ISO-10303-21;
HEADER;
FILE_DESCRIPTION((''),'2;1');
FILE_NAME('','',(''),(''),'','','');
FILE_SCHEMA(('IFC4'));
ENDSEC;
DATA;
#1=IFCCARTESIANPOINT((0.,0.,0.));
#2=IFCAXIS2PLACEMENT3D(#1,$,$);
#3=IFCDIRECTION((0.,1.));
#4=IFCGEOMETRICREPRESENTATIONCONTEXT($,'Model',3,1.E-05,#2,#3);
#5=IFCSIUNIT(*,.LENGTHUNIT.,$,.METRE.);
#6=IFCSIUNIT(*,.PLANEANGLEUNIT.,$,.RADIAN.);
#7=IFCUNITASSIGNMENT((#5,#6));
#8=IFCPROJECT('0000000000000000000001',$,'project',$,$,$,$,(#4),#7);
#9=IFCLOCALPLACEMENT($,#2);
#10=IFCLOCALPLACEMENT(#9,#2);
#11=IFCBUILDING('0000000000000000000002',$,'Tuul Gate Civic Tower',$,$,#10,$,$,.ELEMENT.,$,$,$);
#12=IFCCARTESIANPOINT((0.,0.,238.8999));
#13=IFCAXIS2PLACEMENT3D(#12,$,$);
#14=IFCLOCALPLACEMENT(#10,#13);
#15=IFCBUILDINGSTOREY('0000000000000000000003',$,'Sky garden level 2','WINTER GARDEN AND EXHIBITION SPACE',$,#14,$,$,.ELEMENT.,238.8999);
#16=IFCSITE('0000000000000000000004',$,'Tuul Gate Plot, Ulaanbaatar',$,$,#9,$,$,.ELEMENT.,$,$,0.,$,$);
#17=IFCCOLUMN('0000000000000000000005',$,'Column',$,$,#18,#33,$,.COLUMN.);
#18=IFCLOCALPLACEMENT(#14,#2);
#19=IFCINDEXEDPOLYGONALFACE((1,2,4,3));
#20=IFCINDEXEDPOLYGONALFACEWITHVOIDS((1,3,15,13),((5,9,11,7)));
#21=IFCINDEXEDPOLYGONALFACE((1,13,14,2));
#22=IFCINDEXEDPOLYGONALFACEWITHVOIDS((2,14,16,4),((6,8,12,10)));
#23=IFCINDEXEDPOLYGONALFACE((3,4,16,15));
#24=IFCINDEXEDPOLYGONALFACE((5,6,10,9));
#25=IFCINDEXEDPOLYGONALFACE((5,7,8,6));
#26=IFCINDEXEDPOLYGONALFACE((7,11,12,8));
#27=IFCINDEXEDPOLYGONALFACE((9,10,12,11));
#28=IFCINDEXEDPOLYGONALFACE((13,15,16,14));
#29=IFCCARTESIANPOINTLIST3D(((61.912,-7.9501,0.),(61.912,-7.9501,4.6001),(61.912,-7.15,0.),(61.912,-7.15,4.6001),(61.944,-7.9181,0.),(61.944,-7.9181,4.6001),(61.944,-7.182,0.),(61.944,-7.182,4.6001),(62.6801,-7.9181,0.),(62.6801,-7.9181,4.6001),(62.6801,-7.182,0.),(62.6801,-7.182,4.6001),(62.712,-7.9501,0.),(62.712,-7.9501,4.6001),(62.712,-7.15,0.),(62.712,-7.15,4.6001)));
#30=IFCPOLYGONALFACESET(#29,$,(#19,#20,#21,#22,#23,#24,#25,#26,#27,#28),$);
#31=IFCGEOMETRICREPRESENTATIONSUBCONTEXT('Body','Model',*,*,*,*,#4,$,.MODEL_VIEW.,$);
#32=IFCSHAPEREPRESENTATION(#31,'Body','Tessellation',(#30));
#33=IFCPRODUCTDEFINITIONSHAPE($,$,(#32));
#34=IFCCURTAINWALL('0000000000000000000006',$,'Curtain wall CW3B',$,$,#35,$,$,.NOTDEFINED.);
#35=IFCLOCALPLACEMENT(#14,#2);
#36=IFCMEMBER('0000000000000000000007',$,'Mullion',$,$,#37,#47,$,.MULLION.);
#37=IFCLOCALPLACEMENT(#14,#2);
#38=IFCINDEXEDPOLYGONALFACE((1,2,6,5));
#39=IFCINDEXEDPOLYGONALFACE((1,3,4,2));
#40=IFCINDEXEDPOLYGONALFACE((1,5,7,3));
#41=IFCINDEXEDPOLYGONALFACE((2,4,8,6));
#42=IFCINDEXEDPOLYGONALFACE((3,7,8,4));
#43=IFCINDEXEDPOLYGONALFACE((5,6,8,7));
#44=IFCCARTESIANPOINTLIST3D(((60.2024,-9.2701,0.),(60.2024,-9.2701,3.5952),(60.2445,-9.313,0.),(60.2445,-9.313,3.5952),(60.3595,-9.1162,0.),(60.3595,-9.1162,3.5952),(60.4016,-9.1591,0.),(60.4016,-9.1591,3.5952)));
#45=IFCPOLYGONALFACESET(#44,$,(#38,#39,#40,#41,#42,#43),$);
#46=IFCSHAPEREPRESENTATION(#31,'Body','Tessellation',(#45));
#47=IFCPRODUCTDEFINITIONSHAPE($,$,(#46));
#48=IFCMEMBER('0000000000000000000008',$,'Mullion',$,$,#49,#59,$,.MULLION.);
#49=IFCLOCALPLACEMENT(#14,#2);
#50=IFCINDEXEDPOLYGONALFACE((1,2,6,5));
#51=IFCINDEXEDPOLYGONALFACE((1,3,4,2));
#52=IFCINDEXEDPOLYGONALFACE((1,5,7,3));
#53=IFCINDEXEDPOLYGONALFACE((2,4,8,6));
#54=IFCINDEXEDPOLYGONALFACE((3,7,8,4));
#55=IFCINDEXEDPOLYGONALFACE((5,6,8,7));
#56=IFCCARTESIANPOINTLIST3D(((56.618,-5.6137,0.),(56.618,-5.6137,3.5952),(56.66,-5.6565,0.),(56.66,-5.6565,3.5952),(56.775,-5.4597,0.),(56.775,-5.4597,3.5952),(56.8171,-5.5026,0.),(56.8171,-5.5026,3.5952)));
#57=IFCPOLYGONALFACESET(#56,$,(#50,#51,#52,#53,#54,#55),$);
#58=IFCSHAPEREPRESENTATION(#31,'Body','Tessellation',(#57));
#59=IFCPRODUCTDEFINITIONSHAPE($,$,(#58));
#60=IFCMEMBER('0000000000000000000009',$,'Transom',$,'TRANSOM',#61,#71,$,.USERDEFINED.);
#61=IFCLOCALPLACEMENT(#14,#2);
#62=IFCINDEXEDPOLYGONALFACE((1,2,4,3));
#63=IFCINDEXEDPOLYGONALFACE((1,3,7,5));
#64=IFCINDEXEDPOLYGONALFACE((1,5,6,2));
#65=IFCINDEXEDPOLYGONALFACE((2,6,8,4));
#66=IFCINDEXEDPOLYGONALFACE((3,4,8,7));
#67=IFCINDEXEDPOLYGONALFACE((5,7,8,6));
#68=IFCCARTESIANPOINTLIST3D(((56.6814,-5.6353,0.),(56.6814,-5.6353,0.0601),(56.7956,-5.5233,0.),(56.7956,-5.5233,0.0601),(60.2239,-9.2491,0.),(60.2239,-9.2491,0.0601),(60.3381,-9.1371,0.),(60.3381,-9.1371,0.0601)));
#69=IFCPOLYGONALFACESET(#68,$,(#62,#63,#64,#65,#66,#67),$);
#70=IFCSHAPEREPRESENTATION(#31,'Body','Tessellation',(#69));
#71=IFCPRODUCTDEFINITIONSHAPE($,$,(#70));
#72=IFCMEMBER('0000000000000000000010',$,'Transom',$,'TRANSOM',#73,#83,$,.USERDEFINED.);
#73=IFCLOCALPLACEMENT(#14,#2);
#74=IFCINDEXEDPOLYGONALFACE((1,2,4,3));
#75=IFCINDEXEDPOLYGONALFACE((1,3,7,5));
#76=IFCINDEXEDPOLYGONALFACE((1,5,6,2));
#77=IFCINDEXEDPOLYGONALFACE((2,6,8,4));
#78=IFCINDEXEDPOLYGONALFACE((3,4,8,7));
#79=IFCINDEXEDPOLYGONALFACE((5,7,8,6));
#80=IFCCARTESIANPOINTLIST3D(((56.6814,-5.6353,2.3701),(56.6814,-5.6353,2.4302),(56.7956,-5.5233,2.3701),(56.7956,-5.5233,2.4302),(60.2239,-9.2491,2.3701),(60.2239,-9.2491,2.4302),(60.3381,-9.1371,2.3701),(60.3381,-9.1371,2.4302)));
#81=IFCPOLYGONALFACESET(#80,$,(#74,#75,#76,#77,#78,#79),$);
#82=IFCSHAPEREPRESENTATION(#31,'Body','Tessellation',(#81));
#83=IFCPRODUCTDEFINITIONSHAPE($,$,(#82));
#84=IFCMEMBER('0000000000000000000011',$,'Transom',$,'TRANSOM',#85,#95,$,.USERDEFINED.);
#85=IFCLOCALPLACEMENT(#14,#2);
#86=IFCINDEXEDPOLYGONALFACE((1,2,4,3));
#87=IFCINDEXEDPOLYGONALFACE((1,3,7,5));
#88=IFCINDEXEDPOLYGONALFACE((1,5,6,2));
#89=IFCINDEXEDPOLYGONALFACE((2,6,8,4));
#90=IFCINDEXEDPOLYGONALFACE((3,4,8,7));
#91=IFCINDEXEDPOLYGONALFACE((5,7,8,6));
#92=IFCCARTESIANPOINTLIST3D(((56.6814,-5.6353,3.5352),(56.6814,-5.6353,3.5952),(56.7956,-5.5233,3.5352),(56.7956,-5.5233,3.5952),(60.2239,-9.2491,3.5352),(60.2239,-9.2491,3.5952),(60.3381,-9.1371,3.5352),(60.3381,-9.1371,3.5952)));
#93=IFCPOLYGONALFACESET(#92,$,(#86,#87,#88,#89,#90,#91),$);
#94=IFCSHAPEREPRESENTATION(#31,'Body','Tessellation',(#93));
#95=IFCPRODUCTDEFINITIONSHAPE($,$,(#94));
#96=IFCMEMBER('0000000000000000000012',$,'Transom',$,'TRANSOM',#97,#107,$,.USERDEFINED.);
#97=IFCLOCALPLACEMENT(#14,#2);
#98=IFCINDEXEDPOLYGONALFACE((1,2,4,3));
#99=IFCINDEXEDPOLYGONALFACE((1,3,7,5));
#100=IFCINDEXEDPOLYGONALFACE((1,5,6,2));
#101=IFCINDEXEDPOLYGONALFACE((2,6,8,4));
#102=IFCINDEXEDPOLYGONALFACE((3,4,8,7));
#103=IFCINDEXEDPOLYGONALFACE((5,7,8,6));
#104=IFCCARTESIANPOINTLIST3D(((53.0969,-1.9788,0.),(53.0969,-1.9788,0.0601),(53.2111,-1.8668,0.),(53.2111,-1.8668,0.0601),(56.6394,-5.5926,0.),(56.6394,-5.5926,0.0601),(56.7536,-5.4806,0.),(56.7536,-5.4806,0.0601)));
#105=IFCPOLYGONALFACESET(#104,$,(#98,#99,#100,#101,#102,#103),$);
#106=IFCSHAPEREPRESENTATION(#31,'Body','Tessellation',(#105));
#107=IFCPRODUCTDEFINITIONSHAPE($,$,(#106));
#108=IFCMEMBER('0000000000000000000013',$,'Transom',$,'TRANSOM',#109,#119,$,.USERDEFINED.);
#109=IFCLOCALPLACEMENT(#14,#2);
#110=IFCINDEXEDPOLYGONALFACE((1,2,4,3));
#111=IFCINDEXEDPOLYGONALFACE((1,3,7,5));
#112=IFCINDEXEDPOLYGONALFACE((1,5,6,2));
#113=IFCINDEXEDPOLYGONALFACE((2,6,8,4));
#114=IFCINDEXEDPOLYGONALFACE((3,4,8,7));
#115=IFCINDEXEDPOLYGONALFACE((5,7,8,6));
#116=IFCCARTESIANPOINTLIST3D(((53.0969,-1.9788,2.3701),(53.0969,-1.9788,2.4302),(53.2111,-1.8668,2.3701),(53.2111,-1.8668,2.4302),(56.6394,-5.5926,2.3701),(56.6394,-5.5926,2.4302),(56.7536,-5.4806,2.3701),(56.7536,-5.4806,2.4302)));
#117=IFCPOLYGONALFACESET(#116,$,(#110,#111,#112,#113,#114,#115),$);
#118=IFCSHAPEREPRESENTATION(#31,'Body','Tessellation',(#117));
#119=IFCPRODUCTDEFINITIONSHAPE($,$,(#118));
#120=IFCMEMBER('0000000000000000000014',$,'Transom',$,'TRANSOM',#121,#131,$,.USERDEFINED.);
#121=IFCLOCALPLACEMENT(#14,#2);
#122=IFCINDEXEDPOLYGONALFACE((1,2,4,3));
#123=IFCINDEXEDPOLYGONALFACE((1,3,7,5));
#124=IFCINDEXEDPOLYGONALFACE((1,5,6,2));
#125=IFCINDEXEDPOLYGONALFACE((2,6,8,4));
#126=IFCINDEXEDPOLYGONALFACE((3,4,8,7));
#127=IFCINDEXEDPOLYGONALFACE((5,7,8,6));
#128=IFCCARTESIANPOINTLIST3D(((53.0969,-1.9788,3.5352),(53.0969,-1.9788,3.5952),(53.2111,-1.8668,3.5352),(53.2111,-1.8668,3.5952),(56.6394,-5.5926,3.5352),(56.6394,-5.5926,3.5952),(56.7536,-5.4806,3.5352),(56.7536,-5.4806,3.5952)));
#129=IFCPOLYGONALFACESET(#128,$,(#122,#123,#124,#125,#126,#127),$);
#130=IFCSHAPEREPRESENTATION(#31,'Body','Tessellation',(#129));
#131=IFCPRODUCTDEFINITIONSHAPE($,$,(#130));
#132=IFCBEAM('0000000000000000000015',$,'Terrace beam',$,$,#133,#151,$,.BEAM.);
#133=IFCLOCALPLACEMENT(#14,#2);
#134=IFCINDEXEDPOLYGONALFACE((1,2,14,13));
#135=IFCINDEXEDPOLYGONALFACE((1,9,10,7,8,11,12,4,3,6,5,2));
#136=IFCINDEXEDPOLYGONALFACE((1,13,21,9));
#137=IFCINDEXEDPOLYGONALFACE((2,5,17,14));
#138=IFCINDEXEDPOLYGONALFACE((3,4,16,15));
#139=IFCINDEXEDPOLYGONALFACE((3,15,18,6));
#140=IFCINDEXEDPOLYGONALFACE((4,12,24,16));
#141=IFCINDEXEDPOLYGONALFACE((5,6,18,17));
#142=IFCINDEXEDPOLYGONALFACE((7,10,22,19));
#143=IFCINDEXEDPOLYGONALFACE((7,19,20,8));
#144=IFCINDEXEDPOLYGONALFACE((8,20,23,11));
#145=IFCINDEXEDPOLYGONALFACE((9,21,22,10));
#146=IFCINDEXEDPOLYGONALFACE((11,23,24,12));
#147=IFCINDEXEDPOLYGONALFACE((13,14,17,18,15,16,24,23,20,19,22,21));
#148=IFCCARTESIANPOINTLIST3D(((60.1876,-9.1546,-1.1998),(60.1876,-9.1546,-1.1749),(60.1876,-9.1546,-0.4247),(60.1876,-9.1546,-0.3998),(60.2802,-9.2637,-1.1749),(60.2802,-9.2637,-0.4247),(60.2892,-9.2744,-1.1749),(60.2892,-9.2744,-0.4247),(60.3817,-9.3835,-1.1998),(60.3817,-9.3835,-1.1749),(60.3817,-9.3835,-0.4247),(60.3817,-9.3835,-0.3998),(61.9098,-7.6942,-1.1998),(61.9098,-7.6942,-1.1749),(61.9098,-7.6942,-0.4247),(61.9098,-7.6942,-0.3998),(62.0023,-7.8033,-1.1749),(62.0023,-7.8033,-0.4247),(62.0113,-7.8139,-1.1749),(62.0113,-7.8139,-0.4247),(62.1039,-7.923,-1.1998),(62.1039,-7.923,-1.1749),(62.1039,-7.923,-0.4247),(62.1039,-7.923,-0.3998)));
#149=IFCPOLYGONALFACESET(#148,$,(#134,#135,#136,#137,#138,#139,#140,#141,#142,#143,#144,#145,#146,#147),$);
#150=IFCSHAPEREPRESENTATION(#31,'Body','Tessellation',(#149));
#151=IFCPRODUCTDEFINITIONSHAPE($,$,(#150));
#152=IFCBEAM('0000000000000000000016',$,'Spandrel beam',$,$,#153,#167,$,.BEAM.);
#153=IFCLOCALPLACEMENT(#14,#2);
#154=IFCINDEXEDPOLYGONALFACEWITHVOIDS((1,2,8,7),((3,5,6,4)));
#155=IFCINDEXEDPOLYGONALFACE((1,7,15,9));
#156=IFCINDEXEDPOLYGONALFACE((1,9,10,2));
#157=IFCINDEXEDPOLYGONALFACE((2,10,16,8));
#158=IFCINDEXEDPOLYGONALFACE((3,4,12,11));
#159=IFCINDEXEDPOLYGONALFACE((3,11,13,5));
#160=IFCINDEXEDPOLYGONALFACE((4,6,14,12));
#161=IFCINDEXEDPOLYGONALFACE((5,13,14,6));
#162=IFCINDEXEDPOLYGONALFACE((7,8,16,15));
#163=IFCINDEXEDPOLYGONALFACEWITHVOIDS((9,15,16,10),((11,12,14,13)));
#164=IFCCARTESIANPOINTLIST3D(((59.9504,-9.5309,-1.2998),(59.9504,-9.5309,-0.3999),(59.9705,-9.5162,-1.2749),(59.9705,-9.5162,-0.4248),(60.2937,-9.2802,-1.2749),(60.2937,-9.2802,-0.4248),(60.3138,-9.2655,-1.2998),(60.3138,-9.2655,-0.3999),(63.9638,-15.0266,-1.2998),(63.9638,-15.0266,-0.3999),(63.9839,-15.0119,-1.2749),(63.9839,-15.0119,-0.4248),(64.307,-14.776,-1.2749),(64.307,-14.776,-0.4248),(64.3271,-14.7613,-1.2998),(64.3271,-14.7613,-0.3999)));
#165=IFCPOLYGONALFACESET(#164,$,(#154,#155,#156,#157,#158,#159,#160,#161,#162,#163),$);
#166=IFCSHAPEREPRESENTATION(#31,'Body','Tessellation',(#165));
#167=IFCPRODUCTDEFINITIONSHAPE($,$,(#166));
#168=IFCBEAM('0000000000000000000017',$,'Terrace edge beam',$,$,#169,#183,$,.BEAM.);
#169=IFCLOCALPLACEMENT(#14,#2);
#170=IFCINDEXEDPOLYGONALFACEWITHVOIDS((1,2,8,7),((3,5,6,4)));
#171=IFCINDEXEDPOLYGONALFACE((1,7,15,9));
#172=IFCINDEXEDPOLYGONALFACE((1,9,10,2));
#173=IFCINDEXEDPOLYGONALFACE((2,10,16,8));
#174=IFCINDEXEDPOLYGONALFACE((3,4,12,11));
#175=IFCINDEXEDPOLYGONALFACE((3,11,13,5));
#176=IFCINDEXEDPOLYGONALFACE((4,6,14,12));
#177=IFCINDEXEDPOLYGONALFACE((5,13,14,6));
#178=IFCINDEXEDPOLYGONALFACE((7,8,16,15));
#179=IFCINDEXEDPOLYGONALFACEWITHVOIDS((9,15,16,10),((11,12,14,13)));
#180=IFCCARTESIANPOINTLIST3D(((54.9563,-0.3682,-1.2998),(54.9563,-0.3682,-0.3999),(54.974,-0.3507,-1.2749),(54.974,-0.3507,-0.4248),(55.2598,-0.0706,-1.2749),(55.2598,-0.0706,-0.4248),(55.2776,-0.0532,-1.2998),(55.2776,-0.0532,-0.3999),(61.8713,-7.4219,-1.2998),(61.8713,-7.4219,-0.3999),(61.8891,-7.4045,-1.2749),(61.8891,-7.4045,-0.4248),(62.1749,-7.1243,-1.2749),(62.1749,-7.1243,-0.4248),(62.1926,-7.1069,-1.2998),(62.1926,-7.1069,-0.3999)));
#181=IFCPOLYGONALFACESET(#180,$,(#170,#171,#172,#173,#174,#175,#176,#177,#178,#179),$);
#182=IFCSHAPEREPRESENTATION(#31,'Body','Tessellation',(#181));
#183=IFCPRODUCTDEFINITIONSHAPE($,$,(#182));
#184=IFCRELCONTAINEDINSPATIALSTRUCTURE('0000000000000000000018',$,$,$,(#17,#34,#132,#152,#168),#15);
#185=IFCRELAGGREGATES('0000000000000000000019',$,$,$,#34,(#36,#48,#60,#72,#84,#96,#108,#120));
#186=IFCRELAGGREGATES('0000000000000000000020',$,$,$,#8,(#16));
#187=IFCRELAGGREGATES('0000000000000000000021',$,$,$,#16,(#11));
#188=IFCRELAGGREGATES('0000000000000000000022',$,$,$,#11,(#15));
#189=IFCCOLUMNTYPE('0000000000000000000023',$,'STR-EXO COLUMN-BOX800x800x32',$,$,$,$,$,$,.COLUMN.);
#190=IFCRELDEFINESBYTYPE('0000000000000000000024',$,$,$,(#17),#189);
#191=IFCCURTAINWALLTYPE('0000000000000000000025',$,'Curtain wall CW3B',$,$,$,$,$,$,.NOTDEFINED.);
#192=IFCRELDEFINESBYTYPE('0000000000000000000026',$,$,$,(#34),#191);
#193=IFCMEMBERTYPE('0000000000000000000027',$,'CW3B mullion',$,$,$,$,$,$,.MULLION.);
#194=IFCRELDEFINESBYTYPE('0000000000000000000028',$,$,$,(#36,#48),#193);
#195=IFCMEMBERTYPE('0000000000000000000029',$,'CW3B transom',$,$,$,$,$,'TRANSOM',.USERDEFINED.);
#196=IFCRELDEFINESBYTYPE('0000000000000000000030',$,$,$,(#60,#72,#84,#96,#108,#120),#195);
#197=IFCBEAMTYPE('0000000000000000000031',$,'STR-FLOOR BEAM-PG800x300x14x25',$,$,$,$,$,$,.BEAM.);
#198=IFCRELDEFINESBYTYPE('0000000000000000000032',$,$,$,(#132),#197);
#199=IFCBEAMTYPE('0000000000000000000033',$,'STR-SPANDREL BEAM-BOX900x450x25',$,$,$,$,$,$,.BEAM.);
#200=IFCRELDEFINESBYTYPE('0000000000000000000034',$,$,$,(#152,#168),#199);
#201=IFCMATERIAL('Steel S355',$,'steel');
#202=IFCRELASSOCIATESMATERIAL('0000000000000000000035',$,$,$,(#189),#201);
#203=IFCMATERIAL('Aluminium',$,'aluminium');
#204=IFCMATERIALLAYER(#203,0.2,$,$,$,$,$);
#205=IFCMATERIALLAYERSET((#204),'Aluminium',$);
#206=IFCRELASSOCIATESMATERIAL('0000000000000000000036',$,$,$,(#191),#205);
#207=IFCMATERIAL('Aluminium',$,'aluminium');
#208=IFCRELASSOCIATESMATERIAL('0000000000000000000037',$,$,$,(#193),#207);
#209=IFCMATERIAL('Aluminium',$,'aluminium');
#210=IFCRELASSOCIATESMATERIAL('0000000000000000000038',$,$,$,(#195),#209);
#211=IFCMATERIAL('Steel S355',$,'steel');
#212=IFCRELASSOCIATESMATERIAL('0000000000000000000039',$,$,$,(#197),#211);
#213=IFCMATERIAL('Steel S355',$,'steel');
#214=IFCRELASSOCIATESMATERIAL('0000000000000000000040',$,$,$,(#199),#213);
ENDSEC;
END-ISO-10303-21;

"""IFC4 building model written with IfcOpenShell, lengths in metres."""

from ifc_helpers import new_model, si_unit, direction, frame, origin, origin_2d, place, context, subcontext, project, spatial, rectangle, hollow_rectangle, i_section, extrude, material, layer, layer_set, material_profile, profile_set, type_object, element, aggregate, save


model = new_model("IFC4")

# Units and contexts
model_context = context("Model", 3, precision=1e-05, world=origin(), true_north=direction((0.0, 1.0)))
body_context = subcontext(model_context, "Body", "Model", "MODEL_VIEW")
ifc_project = project(units=[si_unit("LENGTHUNIT", "METRE"), si_unit("PLANEANGLEUNIT", "RADIAN")], contexts=[model_context])

# Site, building, storey
site_placement = place(None, origin())
site = spatial("IfcSite", under=ifc_project, at=site_placement, Name="Tuul Gate Plot, Ulaanbaatar", CompositionType="ELEMENT", RefElevation=0.0)
building_placement = place(site_placement, origin())
building = spatial("IfcBuilding", under=site, at=building_placement, Name="Tuul Gate Civic Tower", CompositionType="ELEMENT")
storey_placement = place(building_placement, frame((0.0, 0.0, 238.8999)))
storey = spatial("IfcBuildingStorey", under=building, at=storey_placement, Name="Sky garden level 2", Description="WINTER GARDEN AND EXHIBITION SPACE", CompositionType="ELEMENT", Elevation=238.8999)

# Column
ifc_material_1 = material(Name="Steel S355", Category="steel")
ifc_material_profile_1 = material_profile(ifc_material_1, hollow_rectangle(XDim=0.8, YDim=0.8, WallThickness=0.032, at=origin_2d()), Name="BOX800x800x32")
ifc_profile_set_1 = profile_set([ifc_material_profile_1], Name="Steel S355")
column_type = type_object("IfcColumnType", Name="STR-EXO COLUMN-BOX800x800x32", PredefinedType="COLUMN", material=ifc_profile_set_1)
column_placement = place(storey_placement, frame((62.312, -7.55, 0.0), z_axis=(0.0, 0.0, 1.0), x_axis=(1.0, 0.0, 0.0)))
element("IfcColumn", 1, at=column_placement, inside=storey, type_object=column_type, Name="Column", PredefinedType="COLUMN", context=body_context, shape_type="SweptSolid", body=[
    extrude(hollow_rectangle(XDim=0.8, YDim=0.8, WallThickness=0.032, at=origin_2d()), origin(), (0.0, 0.0, 1.0), 4.6001),
])

# Curtain wall, members
ifc_material_2 = material(Name="Aluminium", Category="aluminium")
ifc_layer_1 = layer(ifc_material_2, 0.2)
ifc_layer_set_1 = layer_set([ifc_layer_1], Name="Aluminium")
curtain_wall_type = type_object("IfcCurtainWallType", Name="Curtain wall CW3B", PredefinedType="NOTDEFINED", material=ifc_layer_set_1)
curtain_wall_placement = place(storey_placement, origin())
curtain_wall = element("IfcCurtainWall", 2, at=curtain_wall_placement, inside=storey, type_object=curtain_wall_type, Name="Curtain wall CW3B", PredefinedType="NOTDEFINED")
ifc_material_3 = material(Name="Aluminium", Category="aluminium")
ifc_material_profile_2 = material_profile(ifc_material_3, rectangle(XDim=0.22, YDim=0.0601, at=origin_2d()), Name="CW3B mullion")
ifc_profile_set_2 = profile_set([ifc_material_profile_2], Name="Aluminium")
member_type_1 = type_object("IfcMemberType", Name="CW3B mullion", PredefinedType="MULLION", material=ifc_profile_set_2)
member_1_placement = place(storey_placement, frame((60.302, -9.2146, 0.0), z_axis=(0.0, 0.0, 1.0), x_axis=(-0.71411, -0.700034, 0.0)))
member_1 = element("IfcMember", 3, at=member_1_placement, type_object=member_type_1, Name="Mullion", PredefinedType="MULLION", context=body_context, shape_type="SweptSolid", body=[
    extrude(rectangle(XDim=0.22, YDim=0.0601, at=origin_2d()), origin(), (0.0, 0.0, 1.0), 3.5952),
])
member_2_placement = place(storey_placement, frame((56.7175, -5.5581, 0.0), z_axis=(0.0, 0.0, 1.0), x_axis=(-0.71411, -0.700034, 0.0)))
member_2 = element("IfcMember", 4, at=member_2_placement, type_object=member_type_1, Name="Mullion", PredefinedType="MULLION", context=body_context, shape_type="SweptSolid", body=[
    extrude(rectangle(XDim=0.22, YDim=0.0601, at=origin_2d()), origin(), (0.0, 0.0, 1.0), 3.5952),
])
ifc_material_4 = material(Name="Aluminium", Category="aluminium")
ifc_material_profile_3 = material_profile(ifc_material_4, rectangle(XDim=0.1599, YDim=0.0601, at=origin_2d()), Name="CW3B transom")
ifc_profile_set_3 = profile_set([ifc_material_profile_3], Name="Aluminium")
member_type_2 = type_object("IfcMemberType", Name="CW3B transom", ElementType="TRANSOM", PredefinedType="USERDEFINED", material=ifc_profile_set_3)
member_3_placement = place(storey_placement, frame((60.281, -9.1931, 0.03), z_axis=(-0.700028, 0.714115, 0.0), x_axis=(-0.714115, -0.700028, 0.0)))
member_3 = element("IfcMember", 5, at=member_3_placement, type_object=member_type_2, Name="Transom", ObjectType="TRANSOM", PredefinedType="USERDEFINED", context=body_context, shape_type="SweptSolid", body=[
    extrude(rectangle(XDim=0.1599, YDim=0.0601, at=origin_2d()), origin(), (0.0, 0.0, 1.0), 5.0605),
])
member_4_placement = place(storey_placement, frame((60.281, -9.1931, 2.4001), z_axis=(-0.700028, 0.714115, 0.0), x_axis=(-0.714115, -0.700028, 0.0)))
member_4 = element("IfcMember", 6, at=member_4_placement, type_object=member_type_2, Name="Transom", ObjectType="TRANSOM", PredefinedType="USERDEFINED", context=body_context, shape_type="SweptSolid", body=[
    extrude(rectangle(XDim=0.1599, YDim=0.0601, at=origin_2d()), origin(), (0.0, 0.0, 1.0), 5.0605),
])
member_5_placement = place(storey_placement, frame((60.281, -9.1931, 3.5652), z_axis=(-0.700028, 0.714115, 0.0), x_axis=(-0.714115, -0.700028, 0.0)))
member_5 = element("IfcMember", 7, at=member_5_placement, type_object=member_type_2, Name="Transom", ObjectType="TRANSOM", PredefinedType="USERDEFINED", context=body_context, shape_type="SweptSolid", body=[
    extrude(rectangle(XDim=0.1599, YDim=0.0601, at=origin_2d()), origin(), (0.0, 0.0, 1.0), 5.0605),
])
member_6_placement = place(storey_placement, frame((56.6965, -5.5366, 0.03), z_axis=(-0.700028, 0.714115, 0.0), x_axis=(-0.714115, -0.700028, 0.0)))
member_6 = element("IfcMember", 8, at=member_6_placement, type_object=member_type_2, Name="Transom", ObjectType="TRANSOM", PredefinedType="USERDEFINED", context=body_context, shape_type="SweptSolid", body=[
    extrude(rectangle(XDim=0.1599, YDim=0.0601, at=origin_2d()), origin(), (0.0, 0.0, 1.0), 5.0605),
])
member_7_placement = place(storey_placement, frame((56.6965, -5.5366, 2.4001), z_axis=(-0.700028, 0.714115, 0.0), x_axis=(-0.714115, -0.700028, 0.0)))
member_7 = element("IfcMember", 9, at=member_7_placement, type_object=member_type_2, Name="Transom", ObjectType="TRANSOM", PredefinedType="USERDEFINED", context=body_context, shape_type="SweptSolid", body=[
    extrude(rectangle(XDim=0.1599, YDim=0.0601, at=origin_2d()), origin(), (0.0, 0.0, 1.0), 5.0605),
])
member_8_placement = place(storey_placement, frame((56.6965, -5.5366, 3.5652), z_axis=(-0.700028, 0.714115, 0.0), x_axis=(-0.714115, -0.700028, 0.0)))
member_8 = element("IfcMember", 10, at=member_8_placement, type_object=member_type_2, Name="Transom", ObjectType="TRANSOM", PredefinedType="USERDEFINED", context=body_context, shape_type="SweptSolid", body=[
    extrude(rectangle(XDim=0.1599, YDim=0.0601, at=origin_2d()), origin(), (0.0, 0.0, 1.0), 5.0605),
])

# Beams
ifc_material_5 = material(Name="Steel S355", Category="steel")
ifc_material_profile_4 = material_profile(ifc_material_5, i_section(OverallWidth=0.3, OverallDepth=0.8, WebThickness=0.0139, FlangeThickness=0.0249, at=origin_2d()), Name="PG800x300x14x25")
ifc_profile_set_4 = profile_set([ifc_material_profile_4], Name="Steel S355")
beam_type_1 = type_object("IfcBeamType", Name="STR-FLOOR BEAM-PG800x300x14x25", PredefinedType="BEAM", material=ifc_profile_set_4)
beam_1_placement = place(storey_placement, frame((62.0068, -7.8086, -0.7998), z_axis=(-0.76268, -0.646776, 0.0), x_axis=(0.646776, -0.76268, 0.0)))
element("IfcBeam", 11, at=beam_1_placement, inside=storey, type_object=beam_type_1, Name="Terrace beam", PredefinedType="BEAM", context=body_context, shape_type="SweptSolid", body=[
    extrude(i_section(OverallWidth=0.3, OverallDepth=0.8, WebThickness=0.0139, FlangeThickness=0.0249, at=origin_2d()), origin(), (0.0, 0.0, 1.0), 2.2581),
])
ifc_material_6 = material(Name="Steel S355", Category="steel")
ifc_material_profile_5 = material_profile(ifc_material_6, hollow_rectangle(XDim=0.45, YDim=0.8999, WallThickness=0.0249, at=origin_2d()), Name="BOX900x450x25")
ifc_profile_set_5 = profile_set([ifc_material_profile_5], Name="Steel S355")
beam_type_2 = type_object("IfcBeamType", Name="STR-SPANDREL BEAM-BOX900x450x25", PredefinedType="BEAM", material=ifc_profile_set_5)
beam_2_placement = place(storey_placement, frame((60.1321, -9.3982, -0.8499), z_axis=(0.589751, -0.807585, 0.0), x_axis=(0.807585, 0.589751, 0.0)))
element("IfcBeam", 12, at=beam_2_placement, inside=storey, type_object=beam_type_2, Name="Spandrel beam", PredefinedType="BEAM", context=body_context, shape_type="SweptSolid", body=[
    extrude(hollow_rectangle(XDim=0.45, YDim=0.8999, WallThickness=0.0249, at=origin_2d()), origin(), (0.0, 0.0, 1.0), 6.8052),
])
beam_3_placement = place(storey_placement, frame((62.032, -7.2644, -0.8499), z_axis=(-0.700053, 0.714091, 0.0), x_axis=(-0.714091, -0.700053, 0.0)))
element("IfcBeam", 13, at=beam_3_placement, inside=storey, type_object=beam_type_2, Name="Terrace edge beam", PredefinedType="BEAM", context=body_context, shape_type="SweptSolid", body=[
    extrude(hollow_rectangle(XDim=0.45, YDim=0.8999, WallThickness=0.0249, at=origin_2d()), origin(), (0.0, 0.0, 1.0), 9.8779),
])

aggregate(curtain_wall, [member_1, member_2, member_3, member_4, member_5, member_6, member_7, member_8])

save(model, "model.ifc")
